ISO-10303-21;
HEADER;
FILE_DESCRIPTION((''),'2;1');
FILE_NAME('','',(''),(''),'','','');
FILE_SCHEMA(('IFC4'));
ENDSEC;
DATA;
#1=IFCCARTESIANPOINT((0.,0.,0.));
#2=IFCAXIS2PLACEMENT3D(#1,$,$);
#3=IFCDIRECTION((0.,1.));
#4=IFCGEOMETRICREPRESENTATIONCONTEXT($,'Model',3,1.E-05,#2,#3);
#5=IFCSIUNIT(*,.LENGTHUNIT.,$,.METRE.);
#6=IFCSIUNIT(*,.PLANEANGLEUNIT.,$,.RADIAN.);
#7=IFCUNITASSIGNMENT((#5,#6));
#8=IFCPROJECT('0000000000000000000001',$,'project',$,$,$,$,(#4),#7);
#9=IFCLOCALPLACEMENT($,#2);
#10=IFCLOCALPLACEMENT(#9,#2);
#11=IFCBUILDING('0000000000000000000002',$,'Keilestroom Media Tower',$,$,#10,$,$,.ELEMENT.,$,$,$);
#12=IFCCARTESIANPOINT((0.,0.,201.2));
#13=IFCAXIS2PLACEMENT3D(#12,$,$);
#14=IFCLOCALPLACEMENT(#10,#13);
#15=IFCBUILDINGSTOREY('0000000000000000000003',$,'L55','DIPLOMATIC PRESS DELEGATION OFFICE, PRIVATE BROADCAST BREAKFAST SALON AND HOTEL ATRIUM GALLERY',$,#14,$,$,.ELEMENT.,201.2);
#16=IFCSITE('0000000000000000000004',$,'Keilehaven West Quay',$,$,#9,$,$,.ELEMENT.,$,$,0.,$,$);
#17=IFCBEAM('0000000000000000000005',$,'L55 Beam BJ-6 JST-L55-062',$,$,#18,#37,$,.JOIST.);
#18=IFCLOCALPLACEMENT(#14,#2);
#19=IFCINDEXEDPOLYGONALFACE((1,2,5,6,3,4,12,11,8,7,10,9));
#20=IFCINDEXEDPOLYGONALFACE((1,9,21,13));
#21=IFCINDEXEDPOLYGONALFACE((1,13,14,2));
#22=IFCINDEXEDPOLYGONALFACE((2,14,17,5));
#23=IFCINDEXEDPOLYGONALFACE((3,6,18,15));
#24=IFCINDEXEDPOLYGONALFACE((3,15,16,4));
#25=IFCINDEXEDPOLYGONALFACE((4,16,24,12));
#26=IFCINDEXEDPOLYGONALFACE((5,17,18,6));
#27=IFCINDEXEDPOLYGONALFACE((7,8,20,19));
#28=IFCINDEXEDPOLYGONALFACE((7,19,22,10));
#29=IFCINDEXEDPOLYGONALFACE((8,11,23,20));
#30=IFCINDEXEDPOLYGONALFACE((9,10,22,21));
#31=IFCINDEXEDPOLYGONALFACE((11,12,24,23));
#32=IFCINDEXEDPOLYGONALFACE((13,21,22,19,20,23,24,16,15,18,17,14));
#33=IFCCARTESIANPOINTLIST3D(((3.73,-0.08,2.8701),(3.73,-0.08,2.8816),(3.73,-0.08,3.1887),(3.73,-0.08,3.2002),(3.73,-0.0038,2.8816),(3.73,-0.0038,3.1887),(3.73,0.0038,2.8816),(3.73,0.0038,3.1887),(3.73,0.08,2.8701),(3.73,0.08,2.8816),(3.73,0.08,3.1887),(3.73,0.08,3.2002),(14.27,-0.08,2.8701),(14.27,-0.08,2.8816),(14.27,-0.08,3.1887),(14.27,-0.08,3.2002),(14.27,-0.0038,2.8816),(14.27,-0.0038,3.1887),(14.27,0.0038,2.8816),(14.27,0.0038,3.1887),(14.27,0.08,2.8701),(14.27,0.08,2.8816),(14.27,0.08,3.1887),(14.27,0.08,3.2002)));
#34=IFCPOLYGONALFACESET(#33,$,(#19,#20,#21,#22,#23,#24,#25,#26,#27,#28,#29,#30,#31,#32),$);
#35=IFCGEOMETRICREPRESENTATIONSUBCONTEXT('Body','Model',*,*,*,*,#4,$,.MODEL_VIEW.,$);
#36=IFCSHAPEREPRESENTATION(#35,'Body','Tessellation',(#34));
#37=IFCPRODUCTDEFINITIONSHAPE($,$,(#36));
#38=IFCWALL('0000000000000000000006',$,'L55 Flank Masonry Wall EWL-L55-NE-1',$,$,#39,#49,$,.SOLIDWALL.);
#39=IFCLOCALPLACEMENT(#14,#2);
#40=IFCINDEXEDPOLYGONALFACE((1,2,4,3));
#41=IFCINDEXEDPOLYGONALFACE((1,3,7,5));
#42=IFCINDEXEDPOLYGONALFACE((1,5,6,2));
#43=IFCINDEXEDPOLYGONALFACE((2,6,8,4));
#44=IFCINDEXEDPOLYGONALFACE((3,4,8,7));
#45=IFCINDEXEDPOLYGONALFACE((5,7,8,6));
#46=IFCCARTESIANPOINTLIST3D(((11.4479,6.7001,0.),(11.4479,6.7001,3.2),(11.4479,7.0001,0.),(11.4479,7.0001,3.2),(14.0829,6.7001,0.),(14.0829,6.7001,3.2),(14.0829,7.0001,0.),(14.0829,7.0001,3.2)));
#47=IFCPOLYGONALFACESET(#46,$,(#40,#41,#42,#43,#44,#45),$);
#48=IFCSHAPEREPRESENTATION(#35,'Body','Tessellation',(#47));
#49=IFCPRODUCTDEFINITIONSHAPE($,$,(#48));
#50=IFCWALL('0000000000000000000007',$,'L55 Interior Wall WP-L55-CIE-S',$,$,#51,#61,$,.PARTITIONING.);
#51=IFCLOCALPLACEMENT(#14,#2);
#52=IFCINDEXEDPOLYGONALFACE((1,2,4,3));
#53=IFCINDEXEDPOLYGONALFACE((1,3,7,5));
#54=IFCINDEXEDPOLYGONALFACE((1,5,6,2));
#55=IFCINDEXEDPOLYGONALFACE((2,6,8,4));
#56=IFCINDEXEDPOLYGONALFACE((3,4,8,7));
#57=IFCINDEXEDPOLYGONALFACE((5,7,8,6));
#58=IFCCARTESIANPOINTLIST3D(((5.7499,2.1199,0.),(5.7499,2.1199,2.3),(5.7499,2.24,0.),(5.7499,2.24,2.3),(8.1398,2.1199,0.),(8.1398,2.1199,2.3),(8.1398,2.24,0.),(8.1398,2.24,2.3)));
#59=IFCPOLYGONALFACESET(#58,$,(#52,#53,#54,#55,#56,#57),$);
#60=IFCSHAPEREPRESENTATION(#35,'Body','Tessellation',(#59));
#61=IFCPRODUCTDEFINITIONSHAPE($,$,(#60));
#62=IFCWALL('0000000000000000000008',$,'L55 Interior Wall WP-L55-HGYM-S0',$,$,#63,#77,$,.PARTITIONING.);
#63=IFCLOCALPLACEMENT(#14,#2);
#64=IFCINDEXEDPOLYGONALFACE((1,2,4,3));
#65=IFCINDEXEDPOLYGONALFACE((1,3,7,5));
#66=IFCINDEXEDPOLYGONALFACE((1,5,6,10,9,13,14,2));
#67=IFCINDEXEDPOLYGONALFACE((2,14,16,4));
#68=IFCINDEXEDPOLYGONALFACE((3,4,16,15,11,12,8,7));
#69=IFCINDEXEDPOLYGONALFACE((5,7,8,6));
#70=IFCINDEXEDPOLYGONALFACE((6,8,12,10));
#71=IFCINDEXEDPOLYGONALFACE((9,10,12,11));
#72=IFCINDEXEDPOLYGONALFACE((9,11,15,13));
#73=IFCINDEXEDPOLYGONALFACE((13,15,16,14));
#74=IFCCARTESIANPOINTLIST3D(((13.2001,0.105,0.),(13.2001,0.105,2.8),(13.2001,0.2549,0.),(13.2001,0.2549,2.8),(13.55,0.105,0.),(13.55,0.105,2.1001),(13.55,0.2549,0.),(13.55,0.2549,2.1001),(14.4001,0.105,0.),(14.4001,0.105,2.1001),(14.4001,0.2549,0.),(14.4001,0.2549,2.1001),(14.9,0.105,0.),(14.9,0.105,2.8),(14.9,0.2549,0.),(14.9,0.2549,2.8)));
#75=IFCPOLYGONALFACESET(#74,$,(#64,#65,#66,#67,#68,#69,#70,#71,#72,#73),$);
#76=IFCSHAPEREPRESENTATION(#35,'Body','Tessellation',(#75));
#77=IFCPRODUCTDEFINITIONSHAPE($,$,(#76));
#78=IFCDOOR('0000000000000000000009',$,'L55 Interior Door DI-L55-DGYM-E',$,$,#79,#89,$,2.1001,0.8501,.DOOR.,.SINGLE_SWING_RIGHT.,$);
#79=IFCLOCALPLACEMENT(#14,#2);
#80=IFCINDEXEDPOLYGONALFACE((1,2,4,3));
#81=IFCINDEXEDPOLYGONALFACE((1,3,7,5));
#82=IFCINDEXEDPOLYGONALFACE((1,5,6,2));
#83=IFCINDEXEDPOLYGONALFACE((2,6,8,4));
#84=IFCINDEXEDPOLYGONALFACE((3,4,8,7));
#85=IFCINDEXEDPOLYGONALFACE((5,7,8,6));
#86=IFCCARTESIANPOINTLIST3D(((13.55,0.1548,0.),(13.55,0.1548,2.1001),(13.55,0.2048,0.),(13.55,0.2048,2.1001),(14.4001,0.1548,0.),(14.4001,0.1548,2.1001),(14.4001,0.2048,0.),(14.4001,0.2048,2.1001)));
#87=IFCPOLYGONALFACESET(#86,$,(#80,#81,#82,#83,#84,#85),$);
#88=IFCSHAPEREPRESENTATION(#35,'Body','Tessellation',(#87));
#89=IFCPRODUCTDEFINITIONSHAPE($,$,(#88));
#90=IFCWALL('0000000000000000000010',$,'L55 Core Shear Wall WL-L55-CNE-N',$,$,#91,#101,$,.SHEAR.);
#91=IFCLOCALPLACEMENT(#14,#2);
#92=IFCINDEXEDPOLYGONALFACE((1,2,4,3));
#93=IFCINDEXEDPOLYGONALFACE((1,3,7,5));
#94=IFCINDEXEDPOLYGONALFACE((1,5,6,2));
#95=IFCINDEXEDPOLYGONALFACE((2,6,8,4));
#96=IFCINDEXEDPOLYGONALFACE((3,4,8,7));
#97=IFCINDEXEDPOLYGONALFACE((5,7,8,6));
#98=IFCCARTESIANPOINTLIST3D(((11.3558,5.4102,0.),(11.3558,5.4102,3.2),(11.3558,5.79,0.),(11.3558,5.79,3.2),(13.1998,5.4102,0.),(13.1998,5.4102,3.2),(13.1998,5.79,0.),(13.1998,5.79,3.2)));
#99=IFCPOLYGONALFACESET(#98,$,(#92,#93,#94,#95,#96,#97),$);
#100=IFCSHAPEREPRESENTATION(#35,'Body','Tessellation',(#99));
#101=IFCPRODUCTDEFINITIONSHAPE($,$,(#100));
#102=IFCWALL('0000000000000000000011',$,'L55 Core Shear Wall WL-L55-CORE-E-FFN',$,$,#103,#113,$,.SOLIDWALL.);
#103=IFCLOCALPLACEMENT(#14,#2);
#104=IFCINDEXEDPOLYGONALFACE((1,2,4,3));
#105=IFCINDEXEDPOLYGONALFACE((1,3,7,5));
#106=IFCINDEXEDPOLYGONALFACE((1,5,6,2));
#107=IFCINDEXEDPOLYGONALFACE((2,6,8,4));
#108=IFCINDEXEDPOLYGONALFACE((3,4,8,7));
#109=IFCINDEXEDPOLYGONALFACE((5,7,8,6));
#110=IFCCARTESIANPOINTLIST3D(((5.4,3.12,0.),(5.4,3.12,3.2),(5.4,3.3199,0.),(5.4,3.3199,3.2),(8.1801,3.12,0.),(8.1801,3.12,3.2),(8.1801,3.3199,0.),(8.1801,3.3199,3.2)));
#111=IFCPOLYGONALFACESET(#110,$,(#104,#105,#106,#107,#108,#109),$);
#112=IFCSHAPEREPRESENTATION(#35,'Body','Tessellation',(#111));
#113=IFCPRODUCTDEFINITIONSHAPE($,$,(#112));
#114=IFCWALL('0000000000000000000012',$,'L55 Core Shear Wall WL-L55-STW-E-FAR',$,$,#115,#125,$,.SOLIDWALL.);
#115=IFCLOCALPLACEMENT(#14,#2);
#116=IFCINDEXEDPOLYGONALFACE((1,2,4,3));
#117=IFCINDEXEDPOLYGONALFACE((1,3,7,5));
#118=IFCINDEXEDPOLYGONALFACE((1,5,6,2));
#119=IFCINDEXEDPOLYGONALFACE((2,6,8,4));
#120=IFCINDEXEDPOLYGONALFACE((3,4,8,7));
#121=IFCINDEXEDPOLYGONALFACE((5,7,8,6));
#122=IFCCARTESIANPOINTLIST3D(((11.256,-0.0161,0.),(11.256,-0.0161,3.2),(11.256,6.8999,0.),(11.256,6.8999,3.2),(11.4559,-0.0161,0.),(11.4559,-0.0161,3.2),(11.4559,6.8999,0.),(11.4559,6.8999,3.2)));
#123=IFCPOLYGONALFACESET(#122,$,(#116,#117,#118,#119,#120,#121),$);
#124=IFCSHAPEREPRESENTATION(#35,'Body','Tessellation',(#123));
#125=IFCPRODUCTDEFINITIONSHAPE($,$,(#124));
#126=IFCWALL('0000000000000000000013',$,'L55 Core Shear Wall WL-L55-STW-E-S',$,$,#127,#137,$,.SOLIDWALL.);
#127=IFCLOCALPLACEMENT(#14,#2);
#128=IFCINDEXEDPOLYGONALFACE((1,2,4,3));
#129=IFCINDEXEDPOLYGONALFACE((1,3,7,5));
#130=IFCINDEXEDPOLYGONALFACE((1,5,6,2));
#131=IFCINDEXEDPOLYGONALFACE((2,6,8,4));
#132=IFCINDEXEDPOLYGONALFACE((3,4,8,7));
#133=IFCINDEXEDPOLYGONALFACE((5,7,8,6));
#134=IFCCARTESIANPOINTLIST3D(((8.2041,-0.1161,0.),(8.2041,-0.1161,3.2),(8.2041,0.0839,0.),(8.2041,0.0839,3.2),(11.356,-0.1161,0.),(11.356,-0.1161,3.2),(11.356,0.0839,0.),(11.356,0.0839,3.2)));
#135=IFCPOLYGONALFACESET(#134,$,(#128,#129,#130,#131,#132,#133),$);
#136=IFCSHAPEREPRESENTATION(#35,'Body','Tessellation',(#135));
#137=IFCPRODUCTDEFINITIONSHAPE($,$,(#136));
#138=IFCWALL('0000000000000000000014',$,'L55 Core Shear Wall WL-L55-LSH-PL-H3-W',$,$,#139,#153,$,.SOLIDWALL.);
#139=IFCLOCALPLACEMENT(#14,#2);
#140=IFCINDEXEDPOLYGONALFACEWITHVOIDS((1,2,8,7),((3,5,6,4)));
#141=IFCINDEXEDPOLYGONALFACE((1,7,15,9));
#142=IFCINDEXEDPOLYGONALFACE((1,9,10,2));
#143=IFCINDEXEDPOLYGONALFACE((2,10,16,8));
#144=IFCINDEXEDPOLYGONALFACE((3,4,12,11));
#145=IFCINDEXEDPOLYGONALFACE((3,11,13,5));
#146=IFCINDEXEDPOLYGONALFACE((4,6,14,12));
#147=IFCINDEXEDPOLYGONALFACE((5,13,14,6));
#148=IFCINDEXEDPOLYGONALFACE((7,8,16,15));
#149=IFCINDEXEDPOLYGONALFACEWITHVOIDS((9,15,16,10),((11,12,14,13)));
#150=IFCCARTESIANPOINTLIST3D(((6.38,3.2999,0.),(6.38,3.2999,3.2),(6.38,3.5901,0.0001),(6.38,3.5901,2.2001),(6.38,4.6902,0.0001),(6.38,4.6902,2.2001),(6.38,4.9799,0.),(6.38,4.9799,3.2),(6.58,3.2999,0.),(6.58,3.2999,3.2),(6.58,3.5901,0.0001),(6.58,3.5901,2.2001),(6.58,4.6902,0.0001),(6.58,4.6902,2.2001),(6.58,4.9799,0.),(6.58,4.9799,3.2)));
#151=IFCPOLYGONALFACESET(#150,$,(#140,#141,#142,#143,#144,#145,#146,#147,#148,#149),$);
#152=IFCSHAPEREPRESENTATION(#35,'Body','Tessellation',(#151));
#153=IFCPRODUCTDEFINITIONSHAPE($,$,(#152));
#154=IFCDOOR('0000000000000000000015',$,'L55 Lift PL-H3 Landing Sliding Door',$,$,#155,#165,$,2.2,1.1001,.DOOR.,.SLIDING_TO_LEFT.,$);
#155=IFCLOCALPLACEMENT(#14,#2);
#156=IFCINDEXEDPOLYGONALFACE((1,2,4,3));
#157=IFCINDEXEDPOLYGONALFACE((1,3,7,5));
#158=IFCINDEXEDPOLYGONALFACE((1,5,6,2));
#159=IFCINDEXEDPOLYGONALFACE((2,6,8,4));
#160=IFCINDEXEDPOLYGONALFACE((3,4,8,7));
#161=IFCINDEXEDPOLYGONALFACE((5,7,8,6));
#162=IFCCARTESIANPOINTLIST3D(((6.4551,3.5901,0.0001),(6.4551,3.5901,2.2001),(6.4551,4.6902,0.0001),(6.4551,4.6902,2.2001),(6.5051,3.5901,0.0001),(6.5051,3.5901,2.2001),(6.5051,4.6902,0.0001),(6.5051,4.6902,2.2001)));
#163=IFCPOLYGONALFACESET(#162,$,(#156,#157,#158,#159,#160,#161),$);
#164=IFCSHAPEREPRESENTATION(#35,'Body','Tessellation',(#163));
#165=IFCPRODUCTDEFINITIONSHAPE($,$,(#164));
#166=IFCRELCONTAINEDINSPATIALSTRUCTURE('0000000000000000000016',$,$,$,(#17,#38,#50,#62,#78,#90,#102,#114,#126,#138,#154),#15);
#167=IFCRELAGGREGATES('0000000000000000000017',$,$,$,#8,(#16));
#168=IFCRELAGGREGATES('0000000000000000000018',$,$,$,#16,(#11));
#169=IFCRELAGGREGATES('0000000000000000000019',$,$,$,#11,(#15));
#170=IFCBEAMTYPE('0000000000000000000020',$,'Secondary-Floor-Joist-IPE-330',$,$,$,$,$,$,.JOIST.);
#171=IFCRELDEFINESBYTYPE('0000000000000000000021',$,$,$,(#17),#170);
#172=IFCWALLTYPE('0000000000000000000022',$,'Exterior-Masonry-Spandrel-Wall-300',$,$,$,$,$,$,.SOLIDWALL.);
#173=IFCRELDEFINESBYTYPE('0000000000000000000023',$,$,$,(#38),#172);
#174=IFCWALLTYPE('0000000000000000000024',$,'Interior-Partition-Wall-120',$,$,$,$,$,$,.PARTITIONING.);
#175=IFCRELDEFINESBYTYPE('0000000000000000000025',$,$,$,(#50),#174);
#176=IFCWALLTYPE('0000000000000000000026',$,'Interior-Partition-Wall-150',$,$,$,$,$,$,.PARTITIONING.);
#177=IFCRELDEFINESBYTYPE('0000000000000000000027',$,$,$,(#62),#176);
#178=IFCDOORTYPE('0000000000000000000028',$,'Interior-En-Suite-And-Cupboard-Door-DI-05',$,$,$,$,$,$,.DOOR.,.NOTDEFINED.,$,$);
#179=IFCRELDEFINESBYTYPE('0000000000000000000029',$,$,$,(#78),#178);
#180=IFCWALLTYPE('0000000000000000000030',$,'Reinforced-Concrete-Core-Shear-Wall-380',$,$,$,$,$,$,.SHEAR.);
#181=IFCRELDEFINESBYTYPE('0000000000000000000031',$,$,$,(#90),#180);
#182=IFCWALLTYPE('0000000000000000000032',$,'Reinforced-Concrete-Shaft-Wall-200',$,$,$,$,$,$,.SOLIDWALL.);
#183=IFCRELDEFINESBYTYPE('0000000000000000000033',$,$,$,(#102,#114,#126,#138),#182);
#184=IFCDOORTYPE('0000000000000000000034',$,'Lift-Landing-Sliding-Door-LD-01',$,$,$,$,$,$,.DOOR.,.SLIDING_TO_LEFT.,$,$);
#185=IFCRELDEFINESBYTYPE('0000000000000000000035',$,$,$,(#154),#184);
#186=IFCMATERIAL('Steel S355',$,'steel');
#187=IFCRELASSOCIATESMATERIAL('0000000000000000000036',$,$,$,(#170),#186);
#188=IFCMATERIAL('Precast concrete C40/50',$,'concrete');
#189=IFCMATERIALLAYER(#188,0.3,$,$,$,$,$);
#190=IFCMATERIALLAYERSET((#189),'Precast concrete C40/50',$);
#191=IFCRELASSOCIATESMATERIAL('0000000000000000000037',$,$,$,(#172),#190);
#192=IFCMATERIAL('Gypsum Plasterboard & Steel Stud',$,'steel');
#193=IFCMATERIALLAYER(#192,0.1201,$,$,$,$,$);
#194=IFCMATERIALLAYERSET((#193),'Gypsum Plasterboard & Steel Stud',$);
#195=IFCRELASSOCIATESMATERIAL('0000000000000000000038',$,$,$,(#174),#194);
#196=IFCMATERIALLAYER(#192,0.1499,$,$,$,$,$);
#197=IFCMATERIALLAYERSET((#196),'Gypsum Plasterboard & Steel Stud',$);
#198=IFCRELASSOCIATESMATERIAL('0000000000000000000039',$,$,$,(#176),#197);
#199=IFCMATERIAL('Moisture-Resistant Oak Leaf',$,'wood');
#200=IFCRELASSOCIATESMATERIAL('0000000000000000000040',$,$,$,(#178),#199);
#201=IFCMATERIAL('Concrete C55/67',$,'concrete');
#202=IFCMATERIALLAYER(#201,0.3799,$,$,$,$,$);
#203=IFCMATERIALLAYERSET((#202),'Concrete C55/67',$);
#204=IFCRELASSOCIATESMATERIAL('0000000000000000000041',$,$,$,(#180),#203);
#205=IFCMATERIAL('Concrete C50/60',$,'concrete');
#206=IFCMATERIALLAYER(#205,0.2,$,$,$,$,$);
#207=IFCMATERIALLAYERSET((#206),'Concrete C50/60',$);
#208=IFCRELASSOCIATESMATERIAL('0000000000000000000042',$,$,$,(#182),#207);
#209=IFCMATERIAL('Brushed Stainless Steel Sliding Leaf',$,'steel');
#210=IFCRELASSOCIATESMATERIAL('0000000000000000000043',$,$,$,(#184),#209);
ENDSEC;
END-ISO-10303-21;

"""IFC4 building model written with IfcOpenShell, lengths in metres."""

from ifc_helpers import new_model, si_unit, direction, frame, frame_2d, origin, origin_2d, place, context, subcontext, project, spatial, rectangle, i_section, extrude, source, transform, mapped, material, layer, layer_set, material_profile, profile_set, type_object, element, fill, save


model = new_model("IFC4")

# Units and contexts
model_context = context("Model", 3, precision=1e-05, world=origin(), true_north=direction((0.0, 1.0)))
body_context = subcontext(model_context, "Body", "Model", "MODEL_VIEW")
ifc_project = project(units=[si_unit("LENGTHUNIT", "METRE"), si_unit("PLANEANGLEUNIT", "RADIAN")], contexts=[model_context])

# Site, building, storey
site_placement = place(None, origin())
site = spatial("IfcSite", under=ifc_project, at=site_placement, Name="Keilehaven West Quay", CompositionType="ELEMENT", RefElevation=0.0)
building_placement = place(site_placement, origin())
building = spatial("IfcBuilding", under=site, at=building_placement, Name="Keilestroom Media Tower", CompositionType="ELEMENT")
storey_placement = place(building_placement, frame((0.0, 0.0, 201.2)))
storey = spatial("IfcBuildingStorey", under=building, at=storey_placement, Name="L55", Description="DIPLOMATIC PRESS DELEGATION OFFICE, PRIVATE BROADCAST BREAKFAST SALON AND HOTEL ATRIUM GALLERY", CompositionType="ELEMENT", Elevation=201.2)

# Beam
ifc_material_1 = material(Name="Steel S355", Category="steel")
ifc_material_profile = material_profile(ifc_material_1, i_section(OverallWidth=0.1599, OverallDepth=0.3301, WebThickness=0.0076, FlangeThickness=0.0115, at=origin_2d()), Name="IPE 330")
ifc_profile_set = profile_set([ifc_material_profile], Name="Steel S355")
beam_type = type_object("IfcBeamType", Name="Secondary-Floor-Joist-IPE-330", PredefinedType="JOIST", material=ifc_profile_set)
shared_shape_1 = source(origin(), body_context, "Body", "SweptSolid", [
    extrude(i_section(OverallWidth=0.1599, OverallDepth=0.3301, WebThickness=0.0076, FlangeThickness=0.0115, at=origin_2d()), origin(), (0.0, 0.0, 1.0), 10.54),
])
beam_placement = place(storey_placement, frame((3.73, 0.0, 3.0352), z_axis=(1.0, 0.0, 0.0), x_axis=(0.0, 1.0, 0.0)))
element("IfcBeam", 1, at=beam_placement, inside=storey, type_object=beam_type, Name="L55 Beam BJ-6 JST-L55-062", PredefinedType="JOIST", context=body_context, shape_type="MappedRepresentation", body=[
    mapped(shared_shape_1, transform((0.0, 0.0, 0.0), x_axis=(1.0, 0.0, 0.0), y_axis=(0.0, 1.0, 0.0), z_axis=(0.0, 0.0, 1.0), scale=1.0)),
])

# Walls
ifc_material_2 = material(Name="Precast concrete C40/50", Category="concrete")
ifc_layer_1 = layer(ifc_material_2, 0.3)
ifc_layer_set_1 = layer_set([ifc_layer_1], Name="Precast concrete C40/50")
wall_type_1 = type_object("IfcWallType", Name="Exterior-Masonry-Spandrel-Wall-300", PredefinedType="SOLIDWALL", material=ifc_layer_set_1)
wall_1_placement = place(storey_placement, frame((11.448, 6.8501, 0.0), z_axis=(0.0, 0.0, 1.0), x_axis=(1.0, 0.0, 0.0)))
element("IfcWall", 2, at=wall_1_placement, inside=storey, type_object=wall_type_1, Name="L55 Flank Masonry Wall EWL-L55-NE-1", PredefinedType="SOLIDWALL", context=body_context, shape_type="SweptSolid", body=[
    extrude(rectangle(XDim=2.635, YDim=0.3, at=frame_2d((1.3174, 0.0))), origin(), (0.0, 0.0, 1.0), 3.2),
])
ifc_material_3 = material(Name="Gypsum Plasterboard & Steel Stud", Category="steel")
ifc_layer_2 = layer(ifc_material_3, 0.1201)
ifc_layer_set_2 = layer_set([ifc_layer_2], Name="Gypsum Plasterboard & Steel Stud")
wall_type_2 = type_object("IfcWallType", Name="Interior-Partition-Wall-120", PredefinedType="PARTITIONING", material=ifc_layer_set_2)
wall_2_placement = place(storey_placement, frame((5.75, 2.1799, 0.0), z_axis=(0.0, 0.0, 1.0), x_axis=(1.0, 0.0, 0.0)))
element("IfcWall", 3, at=wall_2_placement, inside=storey, type_object=wall_type_2, Name="L55 Interior Wall WP-L55-CIE-S", PredefinedType="PARTITIONING", context=body_context, shape_type="SweptSolid", body=[
    extrude(rectangle(XDim=2.3899, YDim=0.1201, at=frame_2d((1.1948, 0.0))), origin(), (0.0, 0.0, 1.0), 2.3),
])

# Wall, opening, door
ifc_layer_3 = layer(ifc_material_3, 0.1499)
ifc_layer_set_3 = layer_set([ifc_layer_3], Name="Gypsum Plasterboard & Steel Stud")
wall_type_3 = type_object("IfcWallType", Name="Interior-Partition-Wall-150", PredefinedType="PARTITIONING", material=ifc_layer_set_3)
wall_3_placement = place(storey_placement, frame((13.2, 0.1799, 0.0), z_axis=(0.0, 0.0, 1.0), x_axis=(1.0, 0.0, 0.0)))
wall_3 = element("IfcWall", 4, at=wall_3_placement, inside=storey, type_object=wall_type_3, Name="L55 Interior Wall WP-L55-HGYM-S0", PredefinedType="PARTITIONING", context=body_context, shape_type="SweptSolid", body=[
    extrude(rectangle(XDim=1.7, YDim=0.1499, at=frame_2d((0.8501, 0.0))), origin(), (0.0, 0.0, 1.0), 2.8),
])
opening_1_placement = place(wall_3_placement, frame((0.3501, 0.0, 0.0)))
opening_1 = element("IfcOpeningElement", 5, at=opening_1_placement, cuts=wall_3, PredefinedType="OPENING", context=body_context, shape_type="SweptSolid", body=[
    extrude(rectangle(XDim=0.8501, YDim=2.1001, at=frame_2d((0.425, 1.05))), frame((0.0, 0.085, 0.0), z_axis=(0.0, -1.0, 0.0), x_axis=(1.0, 0.0, 0.0)), (0.0, 0.0, 1.0), 0.1699),
])
ifc_material_4 = material(Name="Moisture-Resistant Oak Leaf", Category="wood")
door_type_1 = type_object("IfcDoorType", Name="Interior-En-Suite-And-Cupboard-Door-DI-05", OperationType="NOTDEFINED", PredefinedType="DOOR", material=ifc_material_4)
shared_shape_2 = source(origin(), body_context, "Body", "SweptSolid", [
    extrude(rectangle(XDim=0.8501, YDim=2.1001, at=frame_2d((0.425, 1.05))), frame((0.0, 0.0249, 0.0), z_axis=(0.0, -1.0, 0.0), x_axis=(1.0, 0.0, 0.0)), (0.0, 0.0, 1.0), 0.05),
])
door_1_placement = place(opening_1_placement, origin())
door_1 = element("IfcDoor", 6, at=door_1_placement, inside=storey, type_object=door_type_1, Name="L55 Interior Door DI-L55-DGYM-E", OperationType="SINGLE_SWING_RIGHT", OverallHeight=2.1001, OverallWidth=0.8501, PredefinedType="DOOR", context=body_context, shape_type="MappedRepresentation", body=[
    mapped(shared_shape_2, transform((0.0, 0.0, 0.0), x_axis=(1.0, 0.0, 0.0), y_axis=(0.0, 1.0, 0.0), z_axis=(0.0, 0.0, 1.0), scale=1.0)),
])
fill(opening_1, door_1)

# Walls
ifc_material_5 = material(Name="Concrete C55/67", Category="concrete")
ifc_layer_4 = layer(ifc_material_5, 0.3799)
ifc_layer_set_4 = layer_set([ifc_layer_4], Name="Concrete C55/67")
wall_type_4 = type_object("IfcWallType", Name="Reinforced-Concrete-Core-Shear-Wall-380", PredefinedType="SHEAR", material=ifc_layer_set_4)
wall_4_placement = place(storey_placement, frame((11.356, 5.6001, 0.0), z_axis=(0.0, 0.0, 1.0), x_axis=(1.0, 0.0, 0.0)))
element("IfcWall", 7, at=wall_4_placement, inside=storey, type_object=wall_type_4, Name="L55 Core Shear Wall WL-L55-CNE-N", PredefinedType="SHEAR", context=body_context, shape_type="SweptSolid", body=[
    extrude(rectangle(XDim=1.844, YDim=0.3799, at=frame_2d((0.9219, 0.0))), origin(), (0.0, 0.0, 1.0), 3.2),
])
ifc_material_6 = material(Name="Concrete C50/60", Category="concrete")
ifc_layer_5 = layer(ifc_material_6, 0.2)
ifc_layer_set_5 = layer_set([ifc_layer_5], Name="Concrete C50/60")
wall_type_5 = type_object("IfcWallType", Name="Reinforced-Concrete-Shaft-Wall-200", PredefinedType="SOLIDWALL", material=ifc_layer_set_5)
wall_5_placement = place(storey_placement, frame((5.3999, 3.22, 0.0), z_axis=(0.0, 0.0, 1.0), x_axis=(1.0, 0.0, 0.0)))
element("IfcWall", 8, at=wall_5_placement, inside=storey, type_object=wall_type_5, Name="L55 Core Shear Wall WL-L55-CORE-E-FFN", PredefinedType="SOLIDWALL", context=body_context, shape_type="SweptSolid", body=[
    extrude(rectangle(XDim=2.78, YDim=0.2, at=frame_2d((1.3901, 0.0))), origin(), (0.0, 0.0, 1.0), 3.2),
])
wall_6_placement = place(storey_placement, frame((11.356, -0.0161, 0.0), z_axis=(0.0, 0.0, 1.0), x_axis=(0.0, 1.0, 0.0)))
element("IfcWall", 9, at=wall_6_placement, inside=storey, type_object=wall_type_5, Name="L55 Core Shear Wall WL-L55-STW-E-FAR", PredefinedType="SOLIDWALL", context=body_context, shape_type="SweptSolid", body=[
    extrude(rectangle(XDim=6.916, YDim=0.2, at=frame_2d((3.458, 0.0))), origin(), (0.0, 0.0, 1.0), 3.2),
])
wall_7_placement = place(storey_placement, frame((8.2041, -0.0161, 0.0), z_axis=(0.0, 0.0, 1.0), x_axis=(1.0, 0.0, 0.0)))
element("IfcWall", 10, at=wall_7_placement, inside=storey, type_object=wall_type_5, Name="L55 Core Shear Wall WL-L55-STW-E-S", PredefinedType="SOLIDWALL", context=body_context, shape_type="SweptSolid", body=[
    extrude(rectangle(XDim=3.1519, YDim=0.2, at=frame_2d((1.5759, 0.0))), origin(), (0.0, 0.0, 1.0), 3.2),
])

# Wall, opening, door
wall_8_placement = place(storey_placement, frame((6.48, 3.3, 0.0), z_axis=(0.0, 0.0, 1.0), x_axis=(0.0, 1.0, 0.0)))
wall_8 = element("IfcWall", 11, at=wall_8_placement, inside=storey, type_object=wall_type_5, Name="L55 Core Shear Wall WL-L55-LSH-PL-H3-W", PredefinedType="SOLIDWALL", context=body_context, shape_type="SweptSolid", body=[
    extrude(rectangle(XDim=1.6799, YDim=0.2, at=frame_2d((0.8398, 0.0))), origin(), (0.0, 0.0, 1.0), 3.2),
])
opening_2_placement = place(wall_8_placement, frame((0.29, 0.0, 0.0)))
opening_2 = element("IfcOpeningElement", 12, at=opening_2_placement, cuts=wall_8, PredefinedType="OPENING", context=body_context, shape_type="SweptSolid", body=[
    extrude(rectangle(XDim=1.1001, YDim=2.2, at=frame_2d((0.55, 1.1001))), frame((0.0, 0.1099, 0.0), z_axis=(0.0, -1.0, 0.0), x_axis=(1.0, 0.0, 0.0)), (0.0, 0.0, 1.0), 0.22),
])
ifc_material_7 = material(Name="Brushed Stainless Steel Sliding Leaf", Category="steel")
door_type_2 = type_object("IfcDoorType", Name="Lift-Landing-Sliding-Door-LD-01", OperationType="SLIDING_TO_LEFT", PredefinedType="DOOR", material=ifc_material_7)
shared_shape_3 = source(origin(), body_context, "Body", "SweptSolid", [
    extrude(rectangle(XDim=1.1001, YDim=2.2, at=frame_2d((0.55, 1.1001))), frame((0.0, 0.0249, 0.0), z_axis=(0.0, -1.0, 0.0), x_axis=(1.0, 0.0, 0.0)), (0.0, 0.0, 1.0), 0.05),
])
door_2_placement = place(opening_2_placement, origin())
door_2 = element("IfcDoor", 13, at=door_2_placement, inside=storey, type_object=door_type_2, Name="L55 Lift PL-H3 Landing Sliding Door", OperationType="SLIDING_TO_LEFT", OverallHeight=2.2, OverallWidth=1.1001, PredefinedType="DOOR", context=body_context, shape_type="MappedRepresentation", body=[
    mapped(shared_shape_3, transform((0.0, 0.0, 0.0), x_axis=(1.0, 0.0, 0.0), y_axis=(0.0, 1.0, 0.0), z_axis=(0.0, 0.0, 1.0), scale=1.0)),
])
fill(opening_2, door_2)

save(model, "model.ifc")
